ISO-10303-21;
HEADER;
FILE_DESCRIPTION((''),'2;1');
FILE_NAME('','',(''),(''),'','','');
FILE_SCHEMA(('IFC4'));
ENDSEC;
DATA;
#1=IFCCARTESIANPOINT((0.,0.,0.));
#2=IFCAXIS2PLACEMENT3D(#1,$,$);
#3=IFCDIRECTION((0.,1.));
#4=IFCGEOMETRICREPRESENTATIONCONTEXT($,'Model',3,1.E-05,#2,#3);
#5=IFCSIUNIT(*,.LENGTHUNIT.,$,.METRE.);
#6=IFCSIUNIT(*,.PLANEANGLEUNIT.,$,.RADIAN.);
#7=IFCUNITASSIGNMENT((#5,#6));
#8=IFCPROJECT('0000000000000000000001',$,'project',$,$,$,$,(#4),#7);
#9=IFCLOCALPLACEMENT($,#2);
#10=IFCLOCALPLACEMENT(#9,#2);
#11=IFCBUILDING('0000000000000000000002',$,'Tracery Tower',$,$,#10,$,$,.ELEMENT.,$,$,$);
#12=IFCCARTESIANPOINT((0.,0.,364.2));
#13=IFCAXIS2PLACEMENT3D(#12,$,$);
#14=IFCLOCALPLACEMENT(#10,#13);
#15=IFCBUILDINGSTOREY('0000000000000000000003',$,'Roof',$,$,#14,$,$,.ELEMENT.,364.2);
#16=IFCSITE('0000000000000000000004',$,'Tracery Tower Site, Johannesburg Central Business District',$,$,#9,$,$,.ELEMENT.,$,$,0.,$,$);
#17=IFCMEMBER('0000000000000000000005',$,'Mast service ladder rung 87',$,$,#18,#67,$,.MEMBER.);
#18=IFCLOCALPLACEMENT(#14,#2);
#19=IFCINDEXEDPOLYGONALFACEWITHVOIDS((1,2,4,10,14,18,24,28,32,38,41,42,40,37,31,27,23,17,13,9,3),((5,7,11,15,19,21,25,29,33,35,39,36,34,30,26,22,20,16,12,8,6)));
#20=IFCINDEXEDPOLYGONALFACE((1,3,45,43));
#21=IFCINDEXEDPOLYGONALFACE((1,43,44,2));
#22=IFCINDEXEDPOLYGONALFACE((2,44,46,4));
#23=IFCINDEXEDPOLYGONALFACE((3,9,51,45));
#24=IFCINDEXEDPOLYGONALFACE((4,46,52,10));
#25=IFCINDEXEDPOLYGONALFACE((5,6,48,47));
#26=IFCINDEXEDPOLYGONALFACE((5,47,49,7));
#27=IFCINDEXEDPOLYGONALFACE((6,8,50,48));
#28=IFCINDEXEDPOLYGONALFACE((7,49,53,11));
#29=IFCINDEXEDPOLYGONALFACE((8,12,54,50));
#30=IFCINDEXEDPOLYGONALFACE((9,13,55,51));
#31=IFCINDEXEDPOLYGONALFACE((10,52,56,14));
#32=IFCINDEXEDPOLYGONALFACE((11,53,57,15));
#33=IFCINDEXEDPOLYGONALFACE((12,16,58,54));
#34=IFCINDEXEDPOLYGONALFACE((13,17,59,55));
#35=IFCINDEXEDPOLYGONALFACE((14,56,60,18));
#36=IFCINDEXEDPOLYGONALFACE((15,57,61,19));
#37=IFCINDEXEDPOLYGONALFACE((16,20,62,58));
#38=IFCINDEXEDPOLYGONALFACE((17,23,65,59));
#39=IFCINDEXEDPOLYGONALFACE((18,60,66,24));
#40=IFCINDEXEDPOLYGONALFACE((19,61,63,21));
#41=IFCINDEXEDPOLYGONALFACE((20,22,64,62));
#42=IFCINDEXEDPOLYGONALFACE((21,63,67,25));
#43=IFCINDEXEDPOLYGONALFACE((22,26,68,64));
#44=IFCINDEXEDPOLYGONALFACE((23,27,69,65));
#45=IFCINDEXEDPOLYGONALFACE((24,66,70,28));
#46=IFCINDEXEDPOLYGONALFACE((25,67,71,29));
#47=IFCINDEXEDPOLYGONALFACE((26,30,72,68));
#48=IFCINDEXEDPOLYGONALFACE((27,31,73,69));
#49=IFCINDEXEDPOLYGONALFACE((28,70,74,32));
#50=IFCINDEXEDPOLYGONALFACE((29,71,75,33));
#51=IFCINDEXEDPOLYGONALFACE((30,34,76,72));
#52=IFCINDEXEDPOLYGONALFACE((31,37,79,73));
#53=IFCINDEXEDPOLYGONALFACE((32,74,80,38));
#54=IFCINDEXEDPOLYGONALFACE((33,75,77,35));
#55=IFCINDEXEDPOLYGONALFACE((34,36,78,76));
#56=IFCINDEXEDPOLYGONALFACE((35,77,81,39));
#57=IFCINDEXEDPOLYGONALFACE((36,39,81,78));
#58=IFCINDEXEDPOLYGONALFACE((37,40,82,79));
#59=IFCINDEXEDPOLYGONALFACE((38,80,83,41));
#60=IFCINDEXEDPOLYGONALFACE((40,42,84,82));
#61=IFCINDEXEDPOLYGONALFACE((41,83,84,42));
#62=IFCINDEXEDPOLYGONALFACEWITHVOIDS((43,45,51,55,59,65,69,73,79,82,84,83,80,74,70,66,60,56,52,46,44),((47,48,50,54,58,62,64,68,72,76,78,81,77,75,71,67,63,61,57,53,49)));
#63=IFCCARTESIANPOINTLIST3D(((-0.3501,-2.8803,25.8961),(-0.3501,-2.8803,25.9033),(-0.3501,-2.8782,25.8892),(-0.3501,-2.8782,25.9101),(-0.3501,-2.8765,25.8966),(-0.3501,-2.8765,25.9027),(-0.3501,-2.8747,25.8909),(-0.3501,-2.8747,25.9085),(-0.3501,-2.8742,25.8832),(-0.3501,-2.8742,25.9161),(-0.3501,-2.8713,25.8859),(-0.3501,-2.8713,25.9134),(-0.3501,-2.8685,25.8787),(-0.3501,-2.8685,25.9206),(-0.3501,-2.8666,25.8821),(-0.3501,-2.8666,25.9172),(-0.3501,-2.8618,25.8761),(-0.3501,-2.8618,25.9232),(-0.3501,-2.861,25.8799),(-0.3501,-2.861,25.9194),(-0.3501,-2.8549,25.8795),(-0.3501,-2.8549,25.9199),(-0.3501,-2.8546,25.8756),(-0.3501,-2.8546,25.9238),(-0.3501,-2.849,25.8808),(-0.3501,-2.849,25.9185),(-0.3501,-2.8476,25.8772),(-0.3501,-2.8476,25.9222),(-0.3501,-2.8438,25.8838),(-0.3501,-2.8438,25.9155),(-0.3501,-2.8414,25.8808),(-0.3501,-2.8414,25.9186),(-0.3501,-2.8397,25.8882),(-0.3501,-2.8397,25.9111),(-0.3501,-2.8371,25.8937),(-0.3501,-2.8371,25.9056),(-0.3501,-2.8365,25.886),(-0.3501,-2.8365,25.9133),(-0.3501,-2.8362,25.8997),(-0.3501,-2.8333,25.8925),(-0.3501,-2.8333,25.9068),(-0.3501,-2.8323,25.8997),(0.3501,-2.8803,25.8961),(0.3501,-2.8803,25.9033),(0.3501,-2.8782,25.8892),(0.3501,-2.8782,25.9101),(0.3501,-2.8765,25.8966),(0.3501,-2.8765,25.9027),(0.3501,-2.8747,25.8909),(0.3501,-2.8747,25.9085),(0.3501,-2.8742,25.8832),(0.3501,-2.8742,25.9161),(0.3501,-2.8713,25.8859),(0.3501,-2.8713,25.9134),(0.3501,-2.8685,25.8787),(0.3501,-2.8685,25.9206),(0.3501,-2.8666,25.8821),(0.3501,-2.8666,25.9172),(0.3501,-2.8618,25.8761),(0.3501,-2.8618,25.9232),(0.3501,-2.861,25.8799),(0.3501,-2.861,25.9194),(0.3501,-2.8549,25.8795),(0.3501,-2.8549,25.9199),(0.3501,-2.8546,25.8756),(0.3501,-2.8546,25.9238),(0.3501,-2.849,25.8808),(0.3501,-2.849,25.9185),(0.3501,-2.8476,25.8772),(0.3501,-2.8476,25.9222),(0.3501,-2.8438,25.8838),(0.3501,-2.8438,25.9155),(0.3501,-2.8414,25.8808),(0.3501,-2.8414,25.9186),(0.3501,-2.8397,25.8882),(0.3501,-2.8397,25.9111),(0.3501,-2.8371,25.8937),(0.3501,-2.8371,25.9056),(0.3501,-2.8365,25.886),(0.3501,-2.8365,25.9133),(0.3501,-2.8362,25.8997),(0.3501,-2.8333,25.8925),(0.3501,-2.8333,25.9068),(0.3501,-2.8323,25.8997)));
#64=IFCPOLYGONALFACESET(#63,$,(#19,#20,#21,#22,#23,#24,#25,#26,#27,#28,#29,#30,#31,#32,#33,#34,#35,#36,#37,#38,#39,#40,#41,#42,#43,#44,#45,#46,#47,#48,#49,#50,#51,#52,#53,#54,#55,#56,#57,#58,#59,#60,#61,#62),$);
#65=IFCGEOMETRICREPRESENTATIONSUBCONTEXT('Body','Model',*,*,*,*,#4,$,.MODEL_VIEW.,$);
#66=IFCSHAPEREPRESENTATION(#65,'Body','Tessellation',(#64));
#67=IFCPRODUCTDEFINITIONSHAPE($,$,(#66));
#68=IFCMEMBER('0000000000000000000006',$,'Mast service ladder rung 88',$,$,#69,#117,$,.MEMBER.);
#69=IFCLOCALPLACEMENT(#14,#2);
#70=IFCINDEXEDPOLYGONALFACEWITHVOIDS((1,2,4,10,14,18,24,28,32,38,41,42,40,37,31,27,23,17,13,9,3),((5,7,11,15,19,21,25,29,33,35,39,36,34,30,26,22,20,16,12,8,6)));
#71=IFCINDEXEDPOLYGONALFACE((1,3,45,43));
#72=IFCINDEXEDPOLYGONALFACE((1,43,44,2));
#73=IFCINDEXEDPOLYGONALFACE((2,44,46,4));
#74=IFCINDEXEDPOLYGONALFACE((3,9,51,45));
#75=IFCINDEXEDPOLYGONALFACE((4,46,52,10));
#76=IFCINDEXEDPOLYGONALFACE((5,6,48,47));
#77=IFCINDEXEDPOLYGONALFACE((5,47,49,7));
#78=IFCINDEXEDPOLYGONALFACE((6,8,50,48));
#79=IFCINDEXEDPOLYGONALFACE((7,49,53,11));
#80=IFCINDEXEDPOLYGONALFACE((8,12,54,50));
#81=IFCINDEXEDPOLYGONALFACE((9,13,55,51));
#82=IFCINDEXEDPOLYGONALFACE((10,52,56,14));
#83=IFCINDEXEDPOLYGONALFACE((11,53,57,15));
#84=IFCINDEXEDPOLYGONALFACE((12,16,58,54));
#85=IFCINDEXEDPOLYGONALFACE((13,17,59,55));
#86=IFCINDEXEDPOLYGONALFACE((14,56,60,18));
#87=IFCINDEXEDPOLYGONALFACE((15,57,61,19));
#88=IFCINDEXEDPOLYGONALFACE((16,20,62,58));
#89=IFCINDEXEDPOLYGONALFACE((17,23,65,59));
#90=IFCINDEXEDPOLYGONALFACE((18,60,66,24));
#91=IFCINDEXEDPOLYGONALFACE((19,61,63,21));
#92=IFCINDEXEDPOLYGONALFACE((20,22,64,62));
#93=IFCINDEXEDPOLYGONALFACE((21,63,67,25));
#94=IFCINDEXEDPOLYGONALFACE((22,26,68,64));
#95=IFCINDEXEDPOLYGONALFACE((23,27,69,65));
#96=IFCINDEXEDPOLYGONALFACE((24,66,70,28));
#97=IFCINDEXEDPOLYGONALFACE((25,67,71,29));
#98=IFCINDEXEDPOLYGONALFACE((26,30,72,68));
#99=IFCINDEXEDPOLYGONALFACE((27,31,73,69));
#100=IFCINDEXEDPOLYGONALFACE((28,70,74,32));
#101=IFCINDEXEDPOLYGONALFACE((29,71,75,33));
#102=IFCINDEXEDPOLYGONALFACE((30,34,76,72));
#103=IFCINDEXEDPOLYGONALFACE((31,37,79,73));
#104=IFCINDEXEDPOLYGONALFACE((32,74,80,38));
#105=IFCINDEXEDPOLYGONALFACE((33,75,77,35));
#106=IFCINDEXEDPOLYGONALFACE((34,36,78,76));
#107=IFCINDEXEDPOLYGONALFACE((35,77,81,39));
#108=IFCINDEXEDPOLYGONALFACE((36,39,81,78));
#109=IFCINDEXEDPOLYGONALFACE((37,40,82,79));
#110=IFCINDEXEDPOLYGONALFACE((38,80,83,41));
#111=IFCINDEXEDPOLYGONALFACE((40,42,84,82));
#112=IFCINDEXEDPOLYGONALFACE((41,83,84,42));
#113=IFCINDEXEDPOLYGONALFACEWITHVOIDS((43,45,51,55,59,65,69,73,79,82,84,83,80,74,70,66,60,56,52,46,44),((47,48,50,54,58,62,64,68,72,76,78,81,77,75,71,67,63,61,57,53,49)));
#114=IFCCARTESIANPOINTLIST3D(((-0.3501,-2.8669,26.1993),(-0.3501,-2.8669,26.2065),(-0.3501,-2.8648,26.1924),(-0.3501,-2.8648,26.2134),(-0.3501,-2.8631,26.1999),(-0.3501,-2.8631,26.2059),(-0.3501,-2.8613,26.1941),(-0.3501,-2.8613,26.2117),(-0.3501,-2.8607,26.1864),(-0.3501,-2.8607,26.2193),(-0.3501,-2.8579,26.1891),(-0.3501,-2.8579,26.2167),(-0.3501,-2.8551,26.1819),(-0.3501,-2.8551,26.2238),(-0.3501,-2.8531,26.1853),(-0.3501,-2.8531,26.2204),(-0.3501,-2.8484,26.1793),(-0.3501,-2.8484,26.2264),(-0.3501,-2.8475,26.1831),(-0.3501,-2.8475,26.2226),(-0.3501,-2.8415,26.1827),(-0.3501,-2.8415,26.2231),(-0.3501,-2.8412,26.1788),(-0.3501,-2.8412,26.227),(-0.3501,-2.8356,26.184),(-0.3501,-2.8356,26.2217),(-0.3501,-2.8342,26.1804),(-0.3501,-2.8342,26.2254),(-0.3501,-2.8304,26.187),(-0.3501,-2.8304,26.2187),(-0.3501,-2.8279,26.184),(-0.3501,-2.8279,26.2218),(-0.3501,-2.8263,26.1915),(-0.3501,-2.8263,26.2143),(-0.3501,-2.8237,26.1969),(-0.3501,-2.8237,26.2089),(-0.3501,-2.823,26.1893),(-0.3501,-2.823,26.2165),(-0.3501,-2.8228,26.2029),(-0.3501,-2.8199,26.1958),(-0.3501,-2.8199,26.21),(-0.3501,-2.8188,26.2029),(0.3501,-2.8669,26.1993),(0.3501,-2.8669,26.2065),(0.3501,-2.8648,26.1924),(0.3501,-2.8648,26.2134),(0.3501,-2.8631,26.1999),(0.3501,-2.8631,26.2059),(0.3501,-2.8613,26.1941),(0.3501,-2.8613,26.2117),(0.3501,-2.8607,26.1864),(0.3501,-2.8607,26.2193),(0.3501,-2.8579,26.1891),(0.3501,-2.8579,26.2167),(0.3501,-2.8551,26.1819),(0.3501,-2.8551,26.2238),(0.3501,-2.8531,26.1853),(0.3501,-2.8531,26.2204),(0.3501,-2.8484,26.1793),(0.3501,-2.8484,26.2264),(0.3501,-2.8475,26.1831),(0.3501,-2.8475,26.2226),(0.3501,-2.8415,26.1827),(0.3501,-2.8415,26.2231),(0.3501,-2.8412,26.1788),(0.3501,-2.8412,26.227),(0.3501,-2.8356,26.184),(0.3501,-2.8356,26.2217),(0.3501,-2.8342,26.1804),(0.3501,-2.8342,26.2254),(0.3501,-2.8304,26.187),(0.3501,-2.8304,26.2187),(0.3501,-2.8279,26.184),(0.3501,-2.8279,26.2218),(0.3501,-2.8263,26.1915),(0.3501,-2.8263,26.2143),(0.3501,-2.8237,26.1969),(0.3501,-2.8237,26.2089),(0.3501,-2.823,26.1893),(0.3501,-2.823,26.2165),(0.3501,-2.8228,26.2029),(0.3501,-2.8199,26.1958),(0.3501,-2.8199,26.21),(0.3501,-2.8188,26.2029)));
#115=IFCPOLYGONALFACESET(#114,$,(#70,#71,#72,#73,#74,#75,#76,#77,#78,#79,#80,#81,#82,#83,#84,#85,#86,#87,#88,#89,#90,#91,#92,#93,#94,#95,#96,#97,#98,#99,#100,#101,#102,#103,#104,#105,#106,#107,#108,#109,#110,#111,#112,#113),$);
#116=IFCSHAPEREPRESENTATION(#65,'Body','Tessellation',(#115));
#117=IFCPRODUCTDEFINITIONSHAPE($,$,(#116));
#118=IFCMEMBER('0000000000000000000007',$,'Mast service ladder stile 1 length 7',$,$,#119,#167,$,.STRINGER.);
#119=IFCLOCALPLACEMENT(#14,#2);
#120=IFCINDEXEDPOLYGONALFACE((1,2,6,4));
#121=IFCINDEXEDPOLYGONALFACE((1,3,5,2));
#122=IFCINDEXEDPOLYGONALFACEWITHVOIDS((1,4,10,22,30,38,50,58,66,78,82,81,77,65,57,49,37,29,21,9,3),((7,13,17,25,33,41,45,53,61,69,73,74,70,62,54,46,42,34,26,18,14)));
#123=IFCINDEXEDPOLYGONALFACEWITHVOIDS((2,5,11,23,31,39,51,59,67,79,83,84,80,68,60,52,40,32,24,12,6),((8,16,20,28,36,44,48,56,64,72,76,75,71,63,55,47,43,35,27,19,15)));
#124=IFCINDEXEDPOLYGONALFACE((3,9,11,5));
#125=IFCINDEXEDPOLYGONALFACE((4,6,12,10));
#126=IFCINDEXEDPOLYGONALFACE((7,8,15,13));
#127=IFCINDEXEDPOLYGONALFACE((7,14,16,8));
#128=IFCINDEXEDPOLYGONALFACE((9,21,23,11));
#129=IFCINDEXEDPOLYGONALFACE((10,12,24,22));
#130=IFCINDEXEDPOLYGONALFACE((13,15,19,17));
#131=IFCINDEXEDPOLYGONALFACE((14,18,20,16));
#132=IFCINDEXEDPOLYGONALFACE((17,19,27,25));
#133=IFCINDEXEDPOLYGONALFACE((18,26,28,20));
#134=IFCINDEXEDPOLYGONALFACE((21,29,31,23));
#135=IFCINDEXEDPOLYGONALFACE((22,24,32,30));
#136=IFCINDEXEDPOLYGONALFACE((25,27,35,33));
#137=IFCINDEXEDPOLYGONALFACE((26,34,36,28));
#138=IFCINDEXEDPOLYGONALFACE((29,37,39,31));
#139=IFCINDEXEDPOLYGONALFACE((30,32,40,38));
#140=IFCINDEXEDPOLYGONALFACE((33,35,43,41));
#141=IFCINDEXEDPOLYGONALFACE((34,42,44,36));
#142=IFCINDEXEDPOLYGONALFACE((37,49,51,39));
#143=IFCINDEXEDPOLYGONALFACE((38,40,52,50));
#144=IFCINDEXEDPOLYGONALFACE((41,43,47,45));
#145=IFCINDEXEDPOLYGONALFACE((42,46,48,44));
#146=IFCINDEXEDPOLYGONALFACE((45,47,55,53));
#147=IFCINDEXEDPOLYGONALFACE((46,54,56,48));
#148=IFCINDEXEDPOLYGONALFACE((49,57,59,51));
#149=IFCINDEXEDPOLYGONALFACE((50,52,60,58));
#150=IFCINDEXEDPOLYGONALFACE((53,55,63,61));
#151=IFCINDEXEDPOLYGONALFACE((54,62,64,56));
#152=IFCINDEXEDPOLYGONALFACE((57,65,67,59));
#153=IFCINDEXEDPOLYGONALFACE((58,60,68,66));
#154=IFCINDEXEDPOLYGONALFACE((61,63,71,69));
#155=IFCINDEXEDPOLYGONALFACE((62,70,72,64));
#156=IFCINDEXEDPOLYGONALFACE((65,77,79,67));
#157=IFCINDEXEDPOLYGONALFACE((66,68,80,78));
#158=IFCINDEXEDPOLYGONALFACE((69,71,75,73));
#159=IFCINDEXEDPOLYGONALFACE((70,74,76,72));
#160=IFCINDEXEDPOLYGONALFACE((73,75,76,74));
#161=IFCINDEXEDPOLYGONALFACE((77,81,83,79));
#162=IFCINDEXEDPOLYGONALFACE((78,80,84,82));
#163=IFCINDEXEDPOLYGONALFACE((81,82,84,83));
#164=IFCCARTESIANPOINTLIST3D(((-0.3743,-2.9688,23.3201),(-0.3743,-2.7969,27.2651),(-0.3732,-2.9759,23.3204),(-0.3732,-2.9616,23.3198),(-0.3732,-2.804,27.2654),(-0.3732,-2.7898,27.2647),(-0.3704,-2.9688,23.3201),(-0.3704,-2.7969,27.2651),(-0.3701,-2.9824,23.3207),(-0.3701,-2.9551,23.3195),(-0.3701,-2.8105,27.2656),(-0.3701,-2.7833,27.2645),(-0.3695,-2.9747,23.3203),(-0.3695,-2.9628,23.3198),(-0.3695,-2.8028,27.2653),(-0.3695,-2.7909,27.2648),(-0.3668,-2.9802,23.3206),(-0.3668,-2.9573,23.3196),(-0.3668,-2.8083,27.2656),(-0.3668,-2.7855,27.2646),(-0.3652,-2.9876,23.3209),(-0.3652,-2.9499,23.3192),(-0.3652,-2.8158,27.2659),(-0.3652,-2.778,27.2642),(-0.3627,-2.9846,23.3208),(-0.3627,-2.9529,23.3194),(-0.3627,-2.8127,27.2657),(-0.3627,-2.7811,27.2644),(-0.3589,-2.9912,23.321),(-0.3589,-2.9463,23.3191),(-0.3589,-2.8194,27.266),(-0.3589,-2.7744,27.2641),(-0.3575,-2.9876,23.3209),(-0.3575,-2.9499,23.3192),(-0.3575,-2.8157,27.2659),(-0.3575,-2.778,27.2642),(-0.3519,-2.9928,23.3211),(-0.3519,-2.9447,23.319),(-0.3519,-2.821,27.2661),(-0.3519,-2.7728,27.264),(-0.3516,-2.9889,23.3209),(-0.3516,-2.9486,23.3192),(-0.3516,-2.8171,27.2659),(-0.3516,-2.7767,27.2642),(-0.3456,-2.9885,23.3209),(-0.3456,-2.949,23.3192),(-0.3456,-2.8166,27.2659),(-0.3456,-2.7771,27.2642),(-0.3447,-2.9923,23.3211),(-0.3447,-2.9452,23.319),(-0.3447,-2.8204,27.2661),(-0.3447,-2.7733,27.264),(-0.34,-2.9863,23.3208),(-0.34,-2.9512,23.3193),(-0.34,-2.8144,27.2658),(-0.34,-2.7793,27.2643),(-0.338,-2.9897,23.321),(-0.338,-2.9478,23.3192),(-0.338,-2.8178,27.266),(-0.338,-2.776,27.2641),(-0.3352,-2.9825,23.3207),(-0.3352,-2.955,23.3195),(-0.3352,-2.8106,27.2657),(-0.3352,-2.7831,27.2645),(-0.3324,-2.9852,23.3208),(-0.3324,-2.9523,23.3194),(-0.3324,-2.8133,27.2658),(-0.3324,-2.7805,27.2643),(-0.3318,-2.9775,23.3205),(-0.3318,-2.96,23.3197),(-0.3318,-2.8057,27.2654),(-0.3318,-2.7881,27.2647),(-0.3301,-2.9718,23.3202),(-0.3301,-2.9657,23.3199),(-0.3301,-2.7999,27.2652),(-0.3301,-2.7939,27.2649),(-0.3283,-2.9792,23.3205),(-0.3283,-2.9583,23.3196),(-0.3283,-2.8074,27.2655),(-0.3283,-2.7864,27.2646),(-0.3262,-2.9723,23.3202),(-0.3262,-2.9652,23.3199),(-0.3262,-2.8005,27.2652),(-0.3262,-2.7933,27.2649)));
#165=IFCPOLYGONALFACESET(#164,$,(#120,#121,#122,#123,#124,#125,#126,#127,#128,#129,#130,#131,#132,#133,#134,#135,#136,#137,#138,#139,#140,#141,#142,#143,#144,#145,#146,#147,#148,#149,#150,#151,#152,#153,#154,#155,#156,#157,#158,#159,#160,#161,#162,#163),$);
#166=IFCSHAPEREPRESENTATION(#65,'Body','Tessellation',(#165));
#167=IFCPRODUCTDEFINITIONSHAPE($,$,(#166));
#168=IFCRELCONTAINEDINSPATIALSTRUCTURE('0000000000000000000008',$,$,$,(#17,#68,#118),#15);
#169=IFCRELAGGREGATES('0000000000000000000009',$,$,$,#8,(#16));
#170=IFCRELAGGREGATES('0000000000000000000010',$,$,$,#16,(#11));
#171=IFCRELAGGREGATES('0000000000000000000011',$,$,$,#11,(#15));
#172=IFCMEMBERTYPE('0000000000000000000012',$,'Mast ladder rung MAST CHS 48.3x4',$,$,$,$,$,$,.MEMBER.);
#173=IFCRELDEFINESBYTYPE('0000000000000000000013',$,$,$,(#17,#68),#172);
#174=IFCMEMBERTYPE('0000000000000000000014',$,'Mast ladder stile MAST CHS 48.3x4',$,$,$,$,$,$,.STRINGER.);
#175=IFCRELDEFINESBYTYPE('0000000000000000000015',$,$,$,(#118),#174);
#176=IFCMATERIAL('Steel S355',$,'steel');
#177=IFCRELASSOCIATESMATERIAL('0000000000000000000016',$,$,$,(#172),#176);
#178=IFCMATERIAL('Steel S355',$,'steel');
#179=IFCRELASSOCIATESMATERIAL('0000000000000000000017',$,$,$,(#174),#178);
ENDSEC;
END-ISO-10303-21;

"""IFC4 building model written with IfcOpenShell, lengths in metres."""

from ifc_helpers import new_model, si_unit, direction, frame, origin, origin_2d, place, context, subcontext, project, spatial, hollow_circle, extrude, material, material_profile, profile_set, type_object, element, save


model = new_model("IFC4")

# Units and contexts
model_context = context("Model", 3, precision=1e-05, world=origin(), true_north=direction((0.0, 1.0)))
body_context = subcontext(model_context, "Body", "Model", "MODEL_VIEW")
ifc_project = project(units=[si_unit("LENGTHUNIT", "METRE"), si_unit("PLANEANGLEUNIT", "RADIAN")], contexts=[model_context])

# Site, building, storey
site_placement = place(None, origin())
site = spatial("IfcSite", under=ifc_project, at=site_placement, Name="Tracery Tower Site, Johannesburg Central Business District", CompositionType="ELEMENT", RefElevation=0.0)
building_placement = place(site_placement, origin())
building = spatial("IfcBuilding", under=site, at=building_placement, Name="Tracery Tower", CompositionType="ELEMENT")
storey_placement = place(building_placement, frame((0.0, 0.0, 364.2)))
storey = spatial("IfcBuildingStorey", under=building, at=storey_placement, Name="Roof", CompositionType="ELEMENT", Elevation=364.2)

# Members
ifc_material_1 = material(Name="Steel S355", Category="steel")
ifc_material_profile_1 = material_profile(ifc_material_1, hollow_circle(Radius=0.0242, WallThickness=0.0039, at=origin_2d()), Name="CHS 48.3x4")
ifc_profile_set_1 = profile_set([ifc_material_profile_1], Name="Steel S355")
member_type_1 = type_object("IfcMemberType", Name="Mast ladder rung MAST CHS 48.3x4", PredefinedType="MEMBER", material=ifc_profile_set_1)
for number, where, z_axis, x_axis, name in (
    (1, (-0.3501, -2.8564, 25.8997), (1.0, 0.0, 0.0), (0.0, 1.0, 0.0), "Mast service ladder rung 87"),
    (2, (-0.3501, -2.843, 26.2029), (1.0, 0.0, 0.0), (0.0, 1.0, 0.0), "Mast service ladder rung 88"),
):
    element("IfcMember", number, at=place(storey_placement, frame(where, z_axis=z_axis, x_axis=x_axis)), inside=storey, type_object=member_type_1, Name=name, PredefinedType="MEMBER", context=body_context, shape_type="SweptSolid", body=[
        extrude(hollow_circle(Radius=0.0242, WallThickness=0.0039, at=origin_2d()), origin(), (0.0, 0.0, 1.0), 0.7002),
    ])
ifc_material_2 = material(Name="Steel S355", Category="steel")
ifc_material_profile_2 = material_profile(ifc_material_2, hollow_circle(Radius=0.0242, WallThickness=0.0039, at=origin_2d()), Name="CHS 48.3x4")
ifc_profile_set_2 = profile_set([ifc_material_profile_2], Name="Steel S355")
member_type_2 = type_object("IfcMemberType", Name="Mast ladder stile MAST CHS 48.3x4", PredefinedType="STRINGER", material=ifc_profile_set_2)
for number, where, z_axis, x_axis, name in (
    (3, (-0.3501, -2.9688, 23.3201), (0.0, 0.043526, 0.999052), (-1.0, 0.0, 0.0), "Mast service ladder stile 1 length 7"),
):
    element("IfcMember", number, at=place(storey_placement, frame(where, z_axis=z_axis, x_axis=x_axis)), inside=storey, type_object=member_type_2, Name=name, PredefinedType="STRINGER", context=body_context, shape_type="SweptSolid", body=[
        extrude(hollow_circle(Radius=0.0242, WallThickness=0.0039, at=origin_2d()), origin(), (0.0, 0.0, 1.0), 3.9487),
    ])

save(model, "model.ifc")
